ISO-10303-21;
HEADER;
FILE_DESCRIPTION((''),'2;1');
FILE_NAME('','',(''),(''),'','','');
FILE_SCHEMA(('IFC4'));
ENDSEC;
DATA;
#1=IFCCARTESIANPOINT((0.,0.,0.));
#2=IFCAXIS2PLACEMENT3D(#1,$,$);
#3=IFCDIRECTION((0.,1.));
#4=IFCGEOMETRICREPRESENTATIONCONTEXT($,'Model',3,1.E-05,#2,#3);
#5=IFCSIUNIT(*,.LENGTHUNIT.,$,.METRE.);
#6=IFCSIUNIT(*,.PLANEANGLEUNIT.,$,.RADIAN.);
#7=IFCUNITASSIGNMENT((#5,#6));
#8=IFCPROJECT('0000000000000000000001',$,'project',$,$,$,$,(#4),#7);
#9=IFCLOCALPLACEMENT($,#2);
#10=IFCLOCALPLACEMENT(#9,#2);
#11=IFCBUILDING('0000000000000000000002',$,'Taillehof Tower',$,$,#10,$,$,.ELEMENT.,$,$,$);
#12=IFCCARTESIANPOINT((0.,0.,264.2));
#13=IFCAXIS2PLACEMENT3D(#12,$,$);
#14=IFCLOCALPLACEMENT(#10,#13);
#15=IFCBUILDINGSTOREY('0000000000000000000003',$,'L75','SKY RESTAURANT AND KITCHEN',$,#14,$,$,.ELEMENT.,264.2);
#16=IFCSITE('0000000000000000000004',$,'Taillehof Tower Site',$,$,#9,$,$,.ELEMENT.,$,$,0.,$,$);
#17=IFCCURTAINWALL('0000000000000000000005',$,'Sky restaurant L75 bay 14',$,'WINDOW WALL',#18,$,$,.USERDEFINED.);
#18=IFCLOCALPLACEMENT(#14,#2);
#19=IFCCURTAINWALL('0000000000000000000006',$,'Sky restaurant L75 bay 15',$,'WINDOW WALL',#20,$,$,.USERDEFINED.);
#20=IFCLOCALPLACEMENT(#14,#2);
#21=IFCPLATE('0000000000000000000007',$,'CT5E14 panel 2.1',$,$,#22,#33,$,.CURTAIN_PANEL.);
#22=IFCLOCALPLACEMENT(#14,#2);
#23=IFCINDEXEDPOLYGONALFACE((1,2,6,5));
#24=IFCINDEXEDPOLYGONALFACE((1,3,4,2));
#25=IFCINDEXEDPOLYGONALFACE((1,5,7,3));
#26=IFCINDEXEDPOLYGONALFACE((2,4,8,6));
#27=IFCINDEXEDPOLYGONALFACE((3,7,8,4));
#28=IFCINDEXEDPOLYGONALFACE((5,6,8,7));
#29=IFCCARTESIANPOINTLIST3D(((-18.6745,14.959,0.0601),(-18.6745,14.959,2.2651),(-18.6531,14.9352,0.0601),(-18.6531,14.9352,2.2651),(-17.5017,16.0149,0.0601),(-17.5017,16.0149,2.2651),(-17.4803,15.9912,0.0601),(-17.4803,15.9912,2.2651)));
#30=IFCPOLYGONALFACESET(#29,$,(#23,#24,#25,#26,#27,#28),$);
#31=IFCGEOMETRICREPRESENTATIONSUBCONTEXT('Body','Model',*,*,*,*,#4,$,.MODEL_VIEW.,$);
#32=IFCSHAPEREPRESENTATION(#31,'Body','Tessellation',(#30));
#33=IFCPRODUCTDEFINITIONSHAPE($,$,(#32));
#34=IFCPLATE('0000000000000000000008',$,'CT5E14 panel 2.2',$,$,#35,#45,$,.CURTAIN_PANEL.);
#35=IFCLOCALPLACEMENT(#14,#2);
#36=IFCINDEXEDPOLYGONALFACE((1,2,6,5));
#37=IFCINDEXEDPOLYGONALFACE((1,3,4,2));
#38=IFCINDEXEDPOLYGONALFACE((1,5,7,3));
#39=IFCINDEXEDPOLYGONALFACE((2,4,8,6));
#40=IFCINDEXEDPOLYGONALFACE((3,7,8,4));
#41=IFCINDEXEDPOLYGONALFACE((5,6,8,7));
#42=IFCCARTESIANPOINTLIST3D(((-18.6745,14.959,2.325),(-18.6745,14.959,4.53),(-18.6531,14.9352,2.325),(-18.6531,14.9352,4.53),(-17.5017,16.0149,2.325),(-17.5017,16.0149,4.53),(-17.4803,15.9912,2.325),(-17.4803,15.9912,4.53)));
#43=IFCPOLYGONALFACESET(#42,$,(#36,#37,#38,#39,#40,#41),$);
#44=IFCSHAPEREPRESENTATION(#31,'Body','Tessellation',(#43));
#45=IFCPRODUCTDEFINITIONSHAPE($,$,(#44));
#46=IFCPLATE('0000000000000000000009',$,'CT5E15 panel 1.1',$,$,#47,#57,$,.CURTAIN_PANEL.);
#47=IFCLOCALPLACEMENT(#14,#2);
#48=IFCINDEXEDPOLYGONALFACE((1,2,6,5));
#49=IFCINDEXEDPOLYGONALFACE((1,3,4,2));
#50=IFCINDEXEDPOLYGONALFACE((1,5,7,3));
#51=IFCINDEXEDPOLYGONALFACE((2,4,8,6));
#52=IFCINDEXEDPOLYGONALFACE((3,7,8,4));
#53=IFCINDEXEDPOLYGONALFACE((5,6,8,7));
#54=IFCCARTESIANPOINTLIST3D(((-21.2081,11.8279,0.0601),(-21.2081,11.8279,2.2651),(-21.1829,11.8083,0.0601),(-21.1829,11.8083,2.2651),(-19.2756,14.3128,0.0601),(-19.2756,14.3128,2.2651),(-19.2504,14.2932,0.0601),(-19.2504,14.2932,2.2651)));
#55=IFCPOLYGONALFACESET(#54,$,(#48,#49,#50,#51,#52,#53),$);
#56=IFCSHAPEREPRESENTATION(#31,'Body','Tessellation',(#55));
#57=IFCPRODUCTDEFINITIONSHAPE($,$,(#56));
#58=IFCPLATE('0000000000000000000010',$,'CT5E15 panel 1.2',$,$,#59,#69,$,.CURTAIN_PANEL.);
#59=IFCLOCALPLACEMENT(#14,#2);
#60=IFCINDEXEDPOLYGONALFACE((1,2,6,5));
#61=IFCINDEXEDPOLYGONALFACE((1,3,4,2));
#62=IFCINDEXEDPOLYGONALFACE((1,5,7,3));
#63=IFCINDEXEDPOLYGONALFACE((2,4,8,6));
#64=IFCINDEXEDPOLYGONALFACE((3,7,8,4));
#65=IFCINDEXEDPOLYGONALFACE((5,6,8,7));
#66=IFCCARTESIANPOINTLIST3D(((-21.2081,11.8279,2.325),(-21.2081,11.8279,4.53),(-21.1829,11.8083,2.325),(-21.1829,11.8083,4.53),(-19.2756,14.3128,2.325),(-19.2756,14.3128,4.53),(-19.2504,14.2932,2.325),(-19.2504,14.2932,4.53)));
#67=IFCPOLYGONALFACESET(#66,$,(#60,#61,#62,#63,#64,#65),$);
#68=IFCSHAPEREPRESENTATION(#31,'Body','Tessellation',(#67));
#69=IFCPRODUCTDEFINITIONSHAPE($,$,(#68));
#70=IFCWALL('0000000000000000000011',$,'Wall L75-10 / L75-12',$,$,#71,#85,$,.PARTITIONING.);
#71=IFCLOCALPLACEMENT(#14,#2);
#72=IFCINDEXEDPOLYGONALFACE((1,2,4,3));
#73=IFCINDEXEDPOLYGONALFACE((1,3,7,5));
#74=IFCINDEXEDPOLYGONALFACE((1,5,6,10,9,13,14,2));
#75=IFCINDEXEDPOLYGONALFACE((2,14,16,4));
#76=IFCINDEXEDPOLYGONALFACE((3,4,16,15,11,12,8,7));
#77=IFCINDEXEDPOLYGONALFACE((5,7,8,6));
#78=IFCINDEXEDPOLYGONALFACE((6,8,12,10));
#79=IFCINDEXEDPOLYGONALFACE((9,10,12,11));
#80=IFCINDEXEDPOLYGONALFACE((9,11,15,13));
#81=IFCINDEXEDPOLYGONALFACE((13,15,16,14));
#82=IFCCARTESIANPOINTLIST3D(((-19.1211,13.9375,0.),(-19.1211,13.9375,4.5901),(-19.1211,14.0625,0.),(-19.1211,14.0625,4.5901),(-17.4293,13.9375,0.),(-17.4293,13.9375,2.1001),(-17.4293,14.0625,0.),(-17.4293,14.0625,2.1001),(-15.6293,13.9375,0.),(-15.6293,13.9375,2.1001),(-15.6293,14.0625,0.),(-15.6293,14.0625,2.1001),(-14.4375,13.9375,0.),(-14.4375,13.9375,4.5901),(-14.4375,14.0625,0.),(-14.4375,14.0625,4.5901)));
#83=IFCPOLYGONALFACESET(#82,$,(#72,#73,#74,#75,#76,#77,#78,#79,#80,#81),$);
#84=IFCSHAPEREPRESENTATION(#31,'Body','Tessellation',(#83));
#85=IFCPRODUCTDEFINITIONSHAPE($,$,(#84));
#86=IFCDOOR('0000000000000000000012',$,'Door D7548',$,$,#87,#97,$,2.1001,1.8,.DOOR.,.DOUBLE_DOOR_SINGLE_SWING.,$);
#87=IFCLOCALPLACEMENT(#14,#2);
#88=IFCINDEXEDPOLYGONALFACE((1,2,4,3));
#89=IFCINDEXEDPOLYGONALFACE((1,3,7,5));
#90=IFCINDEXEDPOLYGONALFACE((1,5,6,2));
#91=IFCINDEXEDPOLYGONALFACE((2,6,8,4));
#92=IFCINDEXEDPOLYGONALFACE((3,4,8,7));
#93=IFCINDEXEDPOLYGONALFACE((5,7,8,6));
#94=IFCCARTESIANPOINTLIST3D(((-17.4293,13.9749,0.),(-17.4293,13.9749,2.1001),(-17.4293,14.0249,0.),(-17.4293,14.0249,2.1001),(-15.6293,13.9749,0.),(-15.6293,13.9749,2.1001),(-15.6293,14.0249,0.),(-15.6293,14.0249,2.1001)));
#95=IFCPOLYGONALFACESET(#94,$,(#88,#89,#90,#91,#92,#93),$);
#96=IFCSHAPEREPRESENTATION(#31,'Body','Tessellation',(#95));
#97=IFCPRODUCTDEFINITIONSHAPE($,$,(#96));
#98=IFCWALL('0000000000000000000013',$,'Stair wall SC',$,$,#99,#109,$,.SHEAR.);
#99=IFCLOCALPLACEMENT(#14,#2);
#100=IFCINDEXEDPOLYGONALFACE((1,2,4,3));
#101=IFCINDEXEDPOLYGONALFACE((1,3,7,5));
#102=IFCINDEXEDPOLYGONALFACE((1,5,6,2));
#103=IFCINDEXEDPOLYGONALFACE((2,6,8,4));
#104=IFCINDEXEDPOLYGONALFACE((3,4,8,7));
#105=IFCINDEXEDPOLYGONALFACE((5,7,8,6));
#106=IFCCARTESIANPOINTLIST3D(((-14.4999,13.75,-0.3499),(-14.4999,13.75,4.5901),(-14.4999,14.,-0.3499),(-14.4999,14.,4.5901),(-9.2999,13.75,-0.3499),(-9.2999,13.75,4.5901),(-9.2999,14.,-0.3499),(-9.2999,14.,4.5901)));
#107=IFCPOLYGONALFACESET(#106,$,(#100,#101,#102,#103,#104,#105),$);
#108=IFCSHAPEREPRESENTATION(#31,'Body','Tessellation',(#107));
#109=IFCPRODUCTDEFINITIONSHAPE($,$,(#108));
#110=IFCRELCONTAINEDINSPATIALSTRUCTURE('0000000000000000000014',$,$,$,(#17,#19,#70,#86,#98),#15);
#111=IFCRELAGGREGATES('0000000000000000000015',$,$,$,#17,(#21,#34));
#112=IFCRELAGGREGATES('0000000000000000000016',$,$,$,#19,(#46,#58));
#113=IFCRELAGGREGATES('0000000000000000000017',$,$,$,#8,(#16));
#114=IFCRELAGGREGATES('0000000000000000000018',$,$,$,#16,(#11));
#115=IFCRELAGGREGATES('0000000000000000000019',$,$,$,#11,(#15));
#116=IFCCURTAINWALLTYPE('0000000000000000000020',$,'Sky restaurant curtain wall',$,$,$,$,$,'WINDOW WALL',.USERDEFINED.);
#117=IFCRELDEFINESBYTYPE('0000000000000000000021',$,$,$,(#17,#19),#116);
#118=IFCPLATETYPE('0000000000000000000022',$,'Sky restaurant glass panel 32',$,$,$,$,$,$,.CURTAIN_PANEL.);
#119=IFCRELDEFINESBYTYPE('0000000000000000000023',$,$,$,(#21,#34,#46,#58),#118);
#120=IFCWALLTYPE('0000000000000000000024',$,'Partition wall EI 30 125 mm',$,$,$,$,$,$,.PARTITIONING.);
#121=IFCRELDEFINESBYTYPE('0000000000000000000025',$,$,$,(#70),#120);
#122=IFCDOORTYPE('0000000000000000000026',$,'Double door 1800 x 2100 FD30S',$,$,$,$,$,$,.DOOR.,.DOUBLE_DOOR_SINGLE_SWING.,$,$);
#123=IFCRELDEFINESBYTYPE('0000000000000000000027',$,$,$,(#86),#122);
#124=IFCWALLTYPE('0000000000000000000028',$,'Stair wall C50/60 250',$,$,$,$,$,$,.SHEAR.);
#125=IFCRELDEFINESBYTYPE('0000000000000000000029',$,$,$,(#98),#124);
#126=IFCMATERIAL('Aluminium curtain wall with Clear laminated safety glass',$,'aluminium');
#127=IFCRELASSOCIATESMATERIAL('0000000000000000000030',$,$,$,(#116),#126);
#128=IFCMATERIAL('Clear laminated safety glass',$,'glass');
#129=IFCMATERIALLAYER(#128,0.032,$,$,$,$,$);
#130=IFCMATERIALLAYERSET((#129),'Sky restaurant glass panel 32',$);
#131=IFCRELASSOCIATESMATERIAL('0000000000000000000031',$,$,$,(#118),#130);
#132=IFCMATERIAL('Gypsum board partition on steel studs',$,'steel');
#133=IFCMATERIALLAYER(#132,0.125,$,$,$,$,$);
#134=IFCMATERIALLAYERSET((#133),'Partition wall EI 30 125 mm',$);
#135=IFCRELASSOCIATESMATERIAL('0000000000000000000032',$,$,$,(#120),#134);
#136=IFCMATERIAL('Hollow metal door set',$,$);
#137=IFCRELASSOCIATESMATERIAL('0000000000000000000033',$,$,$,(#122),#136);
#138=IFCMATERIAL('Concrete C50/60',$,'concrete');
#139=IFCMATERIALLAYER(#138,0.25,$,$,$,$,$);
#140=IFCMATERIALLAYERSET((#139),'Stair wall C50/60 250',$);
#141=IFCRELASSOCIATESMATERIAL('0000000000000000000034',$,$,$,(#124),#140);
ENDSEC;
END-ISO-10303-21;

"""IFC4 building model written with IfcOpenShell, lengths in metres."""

from ifc_helpers import new_model, si_unit, direction, frame, frame_2d, origin, origin_2d, place, context, subcontext, project, spatial, rectangle, extrude, material, layer, layer_set, type_object, element, fill, aggregate, save


model = new_model("IFC4")

# Units and contexts
model_context = context("Model", 3, precision=1e-05, world=origin(), true_north=direction((0.0, 1.0)))
body_context = subcontext(model_context, "Body", "Model", "MODEL_VIEW")
ifc_project = project(units=[si_unit("LENGTHUNIT", "METRE"), si_unit("PLANEANGLEUNIT", "RADIAN")], contexts=[model_context])

# Site, building, storey
site_placement = place(None, origin())
site = spatial("IfcSite", under=ifc_project, at=site_placement, Name="Taillehof Tower Site", CompositionType="ELEMENT", RefElevation=0.0)
building_placement = place(site_placement, origin())
building = spatial("IfcBuilding", under=site, at=building_placement, Name="Taillehof Tower", CompositionType="ELEMENT")
storey_placement = place(building_placement, frame((0.0, 0.0, 264.2)))
storey = spatial("IfcBuildingStorey", under=building, at=storey_placement, Name="L75", Description="SKY RESTAURANT AND KITCHEN", CompositionType="ELEMENT", Elevation=264.2)

# Curtain wall
ifc_material_1 = material(Name="Aluminium curtain wall with Clear laminated safety glass", Category="aluminium")
curtain_wall_type = type_object("IfcCurtainWallType", Name="Sky restaurant curtain wall", ElementType="WINDOW WALL", PredefinedType="USERDEFINED", material=ifc_material_1)
curtain_wall_1_placement = place(storey_placement, origin())
curtain_wall_1 = element("IfcCurtainWall", 1, at=curtain_wall_1_placement, inside=storey, type_object=curtain_wall_type, Name="Sky restaurant L75 bay 14", ObjectType="WINDOW WALL", PredefinedType="USERDEFINED")

# Curtain wall
curtain_wall_2_placement = place(storey_placement, origin())
curtain_wall_2 = element("IfcCurtainWall", 2, at=curtain_wall_2_placement, inside=storey, type_object=curtain_wall_type, Name="Sky restaurant L75 bay 15", ObjectType="WINDOW WALL", PredefinedType="USERDEFINED")

# Plates
ifc_material_2 = material(Name="Clear laminated safety glass", Category="glass")
ifc_layer_1 = layer(ifc_material_2, 0.032)
ifc_layer_set_1 = layer_set([ifc_layer_1], Name="Sky restaurant glass panel 32")
plate_type = type_object("IfcPlateType", Name="Sky restaurant glass panel 32", PredefinedType="CURTAIN_PANEL", material=ifc_layer_set_1)
plate_1_placement = place(storey_placement, frame((-18.0774, 15.4751, 0.0601), z_axis=(0.0, 0.0, 1.0), x_axis=(-0.743166, -0.669107, 0.0)))
plate_1 = element("IfcPlate", 3, at=plate_1_placement, type_object=plate_type, Name="CT5E14 panel 2.1", PredefinedType="CURTAIN_PANEL", context=body_context, shape_type="SweptSolid", body=[
    extrude(rectangle(XDim=1.5781, YDim=0.032, at=origin_2d()), origin(), (0.0, 0.0, 1.0), 2.2051),
])
plate_2_placement = place(storey_placement, frame((-18.0774, 15.4751, 2.325), z_axis=(0.0, 0.0, 1.0), x_axis=(-0.743166, -0.669107, 0.0)))
plate_2 = element("IfcPlate", 4, at=plate_2_placement, type_object=plate_type, Name="CT5E14 panel 2.2", PredefinedType="CURTAIN_PANEL", context=body_context, shape_type="SweptSolid", body=[
    extrude(rectangle(XDim=1.5781, YDim=0.032, at=origin_2d()), origin(), (0.0, 0.0, 1.0), 2.2051),
])
aggregate(curtain_wall_1, [plate_1, plate_2])
plate_3_placement = place(storey_placement, frame((-20.2292, 13.0605, 0.0601), z_axis=(0.0, 0.0, 1.0), x_axis=(-0.613903, -0.789382, 0.0)))
plate_3 = element("IfcPlate", 5, at=plate_3_placement, type_object=plate_type, Name="CT5E15 panel 1.1", PredefinedType="CURTAIN_PANEL", context=body_context, shape_type="SweptSolid", body=[
    extrude(rectangle(XDim=3.1479, YDim=0.032, at=origin_2d()), origin(), (0.0, 0.0, 1.0), 2.2051),
])
plate_4_placement = place(storey_placement, frame((-20.2292, 13.0605, 2.325), z_axis=(0.0, 0.0, 1.0), x_axis=(-0.613903, -0.789382, 0.0)))
plate_4 = element("IfcPlate", 6, at=plate_4_placement, type_object=plate_type, Name="CT5E15 panel 1.2", PredefinedType="CURTAIN_PANEL", context=body_context, shape_type="SweptSolid", body=[
    extrude(rectangle(XDim=3.1479, YDim=0.032, at=origin_2d()), origin(), (0.0, 0.0, 1.0), 2.2051),
])
aggregate(curtain_wall_2, [plate_3, plate_4])

# Wall, opening, door
ifc_material_3 = material(Name="Gypsum board partition on steel studs", Category="steel")
ifc_layer_2 = layer(ifc_material_3, 0.125)
ifc_layer_set_2 = layer_set([ifc_layer_2], Name="Partition wall EI 30 125 mm")
wall_type_1 = type_object("IfcWallType", Name="Partition wall EI 30 125 mm", PredefinedType="PARTITIONING", material=ifc_layer_set_2)
wall_1_placement = place(storey_placement, frame((-19.1211, 14.0, 0.0), z_axis=(0.0, 0.0, 1.0), x_axis=(1.0, 0.0, 0.0)))
wall_1 = element("IfcWall", 7, at=wall_1_placement, inside=storey, type_object=wall_type_1, Name="Wall L75-10 / L75-12", PredefinedType="PARTITIONING", context=body_context, shape_type="SweptSolid", body=[
    extrude(rectangle(XDim=4.6836, YDim=0.125, at=frame_2d((2.3418, 0.0))), origin(), (0.0, 0.0, 1.0), 4.5901),
])
opening_placement = place(wall_1_placement, frame((1.6919, 0.0, 0.0)))
opening = element("IfcOpeningElement", 8, at=opening_placement, cuts=wall_1, PredefinedType="OPENING", context=body_context, shape_type="SweptSolid", body=[
    extrude(rectangle(XDim=1.8, YDim=2.1001, at=frame_2d((0.8999, 1.05))), frame((0.0, 0.0725, 0.0), z_axis=(0.0, -1.0, 0.0), x_axis=(1.0, 0.0, 0.0)), (0.0, 0.0, 1.0), 0.145),
])
ifc_material_4 = material(Name="Hollow metal door set")
door_type = type_object("IfcDoorType", Name="Double door 1800 x 2100 FD30S", OperationType="DOUBLE_DOOR_SINGLE_SWING", PredefinedType="DOOR", material=ifc_material_4)
door_placement = place(opening_placement, origin())
door = element("IfcDoor", 9, at=door_placement, inside=storey, type_object=door_type, Name="Door D7548", OperationType="DOUBLE_DOOR_SINGLE_SWING", OverallHeight=2.1001, OverallWidth=1.8, PredefinedType="DOOR", context=body_context, shape_type="SweptSolid", body=[
    extrude(rectangle(XDim=1.8, YDim=2.1001, at=frame_2d((0.8999, 1.05))), frame((0.0, 0.0249, 0.0), z_axis=(0.0, -1.0, 0.0), x_axis=(1.0, 0.0, 0.0)), (0.0, 0.0, 1.0), 0.05),
])
fill(opening, door)

# Wall
ifc_material_5 = material(Name="Concrete C50/60", Category="concrete")
ifc_layer_3 = layer(ifc_material_5, 0.25)
ifc_layer_set_3 = layer_set([ifc_layer_3], Name="Stair wall C50/60 250")
wall_type_2 = type_object("IfcWallType", Name="Stair wall C50/60 250", PredefinedType="SHEAR", material=ifc_layer_set_3)
wall_2_placement = place(storey_placement, frame((-14.5, 13.875, -0.3499), z_axis=(0.0, 0.0, 1.0), x_axis=(1.0, 0.0, 0.0)))
element("IfcWall", 10, at=wall_2_placement, inside=storey, type_object=wall_type_2, Name="Stair wall SC", PredefinedType="SHEAR", context=body_context, shape_type="SweptSolid", body=[
    extrude(rectangle(XDim=5.2, YDim=0.25, at=frame_2d((2.6001, 0.0))), origin(), (0.0, 0.0, 1.0), 4.9399),
])

save(model, "model.ifc")
